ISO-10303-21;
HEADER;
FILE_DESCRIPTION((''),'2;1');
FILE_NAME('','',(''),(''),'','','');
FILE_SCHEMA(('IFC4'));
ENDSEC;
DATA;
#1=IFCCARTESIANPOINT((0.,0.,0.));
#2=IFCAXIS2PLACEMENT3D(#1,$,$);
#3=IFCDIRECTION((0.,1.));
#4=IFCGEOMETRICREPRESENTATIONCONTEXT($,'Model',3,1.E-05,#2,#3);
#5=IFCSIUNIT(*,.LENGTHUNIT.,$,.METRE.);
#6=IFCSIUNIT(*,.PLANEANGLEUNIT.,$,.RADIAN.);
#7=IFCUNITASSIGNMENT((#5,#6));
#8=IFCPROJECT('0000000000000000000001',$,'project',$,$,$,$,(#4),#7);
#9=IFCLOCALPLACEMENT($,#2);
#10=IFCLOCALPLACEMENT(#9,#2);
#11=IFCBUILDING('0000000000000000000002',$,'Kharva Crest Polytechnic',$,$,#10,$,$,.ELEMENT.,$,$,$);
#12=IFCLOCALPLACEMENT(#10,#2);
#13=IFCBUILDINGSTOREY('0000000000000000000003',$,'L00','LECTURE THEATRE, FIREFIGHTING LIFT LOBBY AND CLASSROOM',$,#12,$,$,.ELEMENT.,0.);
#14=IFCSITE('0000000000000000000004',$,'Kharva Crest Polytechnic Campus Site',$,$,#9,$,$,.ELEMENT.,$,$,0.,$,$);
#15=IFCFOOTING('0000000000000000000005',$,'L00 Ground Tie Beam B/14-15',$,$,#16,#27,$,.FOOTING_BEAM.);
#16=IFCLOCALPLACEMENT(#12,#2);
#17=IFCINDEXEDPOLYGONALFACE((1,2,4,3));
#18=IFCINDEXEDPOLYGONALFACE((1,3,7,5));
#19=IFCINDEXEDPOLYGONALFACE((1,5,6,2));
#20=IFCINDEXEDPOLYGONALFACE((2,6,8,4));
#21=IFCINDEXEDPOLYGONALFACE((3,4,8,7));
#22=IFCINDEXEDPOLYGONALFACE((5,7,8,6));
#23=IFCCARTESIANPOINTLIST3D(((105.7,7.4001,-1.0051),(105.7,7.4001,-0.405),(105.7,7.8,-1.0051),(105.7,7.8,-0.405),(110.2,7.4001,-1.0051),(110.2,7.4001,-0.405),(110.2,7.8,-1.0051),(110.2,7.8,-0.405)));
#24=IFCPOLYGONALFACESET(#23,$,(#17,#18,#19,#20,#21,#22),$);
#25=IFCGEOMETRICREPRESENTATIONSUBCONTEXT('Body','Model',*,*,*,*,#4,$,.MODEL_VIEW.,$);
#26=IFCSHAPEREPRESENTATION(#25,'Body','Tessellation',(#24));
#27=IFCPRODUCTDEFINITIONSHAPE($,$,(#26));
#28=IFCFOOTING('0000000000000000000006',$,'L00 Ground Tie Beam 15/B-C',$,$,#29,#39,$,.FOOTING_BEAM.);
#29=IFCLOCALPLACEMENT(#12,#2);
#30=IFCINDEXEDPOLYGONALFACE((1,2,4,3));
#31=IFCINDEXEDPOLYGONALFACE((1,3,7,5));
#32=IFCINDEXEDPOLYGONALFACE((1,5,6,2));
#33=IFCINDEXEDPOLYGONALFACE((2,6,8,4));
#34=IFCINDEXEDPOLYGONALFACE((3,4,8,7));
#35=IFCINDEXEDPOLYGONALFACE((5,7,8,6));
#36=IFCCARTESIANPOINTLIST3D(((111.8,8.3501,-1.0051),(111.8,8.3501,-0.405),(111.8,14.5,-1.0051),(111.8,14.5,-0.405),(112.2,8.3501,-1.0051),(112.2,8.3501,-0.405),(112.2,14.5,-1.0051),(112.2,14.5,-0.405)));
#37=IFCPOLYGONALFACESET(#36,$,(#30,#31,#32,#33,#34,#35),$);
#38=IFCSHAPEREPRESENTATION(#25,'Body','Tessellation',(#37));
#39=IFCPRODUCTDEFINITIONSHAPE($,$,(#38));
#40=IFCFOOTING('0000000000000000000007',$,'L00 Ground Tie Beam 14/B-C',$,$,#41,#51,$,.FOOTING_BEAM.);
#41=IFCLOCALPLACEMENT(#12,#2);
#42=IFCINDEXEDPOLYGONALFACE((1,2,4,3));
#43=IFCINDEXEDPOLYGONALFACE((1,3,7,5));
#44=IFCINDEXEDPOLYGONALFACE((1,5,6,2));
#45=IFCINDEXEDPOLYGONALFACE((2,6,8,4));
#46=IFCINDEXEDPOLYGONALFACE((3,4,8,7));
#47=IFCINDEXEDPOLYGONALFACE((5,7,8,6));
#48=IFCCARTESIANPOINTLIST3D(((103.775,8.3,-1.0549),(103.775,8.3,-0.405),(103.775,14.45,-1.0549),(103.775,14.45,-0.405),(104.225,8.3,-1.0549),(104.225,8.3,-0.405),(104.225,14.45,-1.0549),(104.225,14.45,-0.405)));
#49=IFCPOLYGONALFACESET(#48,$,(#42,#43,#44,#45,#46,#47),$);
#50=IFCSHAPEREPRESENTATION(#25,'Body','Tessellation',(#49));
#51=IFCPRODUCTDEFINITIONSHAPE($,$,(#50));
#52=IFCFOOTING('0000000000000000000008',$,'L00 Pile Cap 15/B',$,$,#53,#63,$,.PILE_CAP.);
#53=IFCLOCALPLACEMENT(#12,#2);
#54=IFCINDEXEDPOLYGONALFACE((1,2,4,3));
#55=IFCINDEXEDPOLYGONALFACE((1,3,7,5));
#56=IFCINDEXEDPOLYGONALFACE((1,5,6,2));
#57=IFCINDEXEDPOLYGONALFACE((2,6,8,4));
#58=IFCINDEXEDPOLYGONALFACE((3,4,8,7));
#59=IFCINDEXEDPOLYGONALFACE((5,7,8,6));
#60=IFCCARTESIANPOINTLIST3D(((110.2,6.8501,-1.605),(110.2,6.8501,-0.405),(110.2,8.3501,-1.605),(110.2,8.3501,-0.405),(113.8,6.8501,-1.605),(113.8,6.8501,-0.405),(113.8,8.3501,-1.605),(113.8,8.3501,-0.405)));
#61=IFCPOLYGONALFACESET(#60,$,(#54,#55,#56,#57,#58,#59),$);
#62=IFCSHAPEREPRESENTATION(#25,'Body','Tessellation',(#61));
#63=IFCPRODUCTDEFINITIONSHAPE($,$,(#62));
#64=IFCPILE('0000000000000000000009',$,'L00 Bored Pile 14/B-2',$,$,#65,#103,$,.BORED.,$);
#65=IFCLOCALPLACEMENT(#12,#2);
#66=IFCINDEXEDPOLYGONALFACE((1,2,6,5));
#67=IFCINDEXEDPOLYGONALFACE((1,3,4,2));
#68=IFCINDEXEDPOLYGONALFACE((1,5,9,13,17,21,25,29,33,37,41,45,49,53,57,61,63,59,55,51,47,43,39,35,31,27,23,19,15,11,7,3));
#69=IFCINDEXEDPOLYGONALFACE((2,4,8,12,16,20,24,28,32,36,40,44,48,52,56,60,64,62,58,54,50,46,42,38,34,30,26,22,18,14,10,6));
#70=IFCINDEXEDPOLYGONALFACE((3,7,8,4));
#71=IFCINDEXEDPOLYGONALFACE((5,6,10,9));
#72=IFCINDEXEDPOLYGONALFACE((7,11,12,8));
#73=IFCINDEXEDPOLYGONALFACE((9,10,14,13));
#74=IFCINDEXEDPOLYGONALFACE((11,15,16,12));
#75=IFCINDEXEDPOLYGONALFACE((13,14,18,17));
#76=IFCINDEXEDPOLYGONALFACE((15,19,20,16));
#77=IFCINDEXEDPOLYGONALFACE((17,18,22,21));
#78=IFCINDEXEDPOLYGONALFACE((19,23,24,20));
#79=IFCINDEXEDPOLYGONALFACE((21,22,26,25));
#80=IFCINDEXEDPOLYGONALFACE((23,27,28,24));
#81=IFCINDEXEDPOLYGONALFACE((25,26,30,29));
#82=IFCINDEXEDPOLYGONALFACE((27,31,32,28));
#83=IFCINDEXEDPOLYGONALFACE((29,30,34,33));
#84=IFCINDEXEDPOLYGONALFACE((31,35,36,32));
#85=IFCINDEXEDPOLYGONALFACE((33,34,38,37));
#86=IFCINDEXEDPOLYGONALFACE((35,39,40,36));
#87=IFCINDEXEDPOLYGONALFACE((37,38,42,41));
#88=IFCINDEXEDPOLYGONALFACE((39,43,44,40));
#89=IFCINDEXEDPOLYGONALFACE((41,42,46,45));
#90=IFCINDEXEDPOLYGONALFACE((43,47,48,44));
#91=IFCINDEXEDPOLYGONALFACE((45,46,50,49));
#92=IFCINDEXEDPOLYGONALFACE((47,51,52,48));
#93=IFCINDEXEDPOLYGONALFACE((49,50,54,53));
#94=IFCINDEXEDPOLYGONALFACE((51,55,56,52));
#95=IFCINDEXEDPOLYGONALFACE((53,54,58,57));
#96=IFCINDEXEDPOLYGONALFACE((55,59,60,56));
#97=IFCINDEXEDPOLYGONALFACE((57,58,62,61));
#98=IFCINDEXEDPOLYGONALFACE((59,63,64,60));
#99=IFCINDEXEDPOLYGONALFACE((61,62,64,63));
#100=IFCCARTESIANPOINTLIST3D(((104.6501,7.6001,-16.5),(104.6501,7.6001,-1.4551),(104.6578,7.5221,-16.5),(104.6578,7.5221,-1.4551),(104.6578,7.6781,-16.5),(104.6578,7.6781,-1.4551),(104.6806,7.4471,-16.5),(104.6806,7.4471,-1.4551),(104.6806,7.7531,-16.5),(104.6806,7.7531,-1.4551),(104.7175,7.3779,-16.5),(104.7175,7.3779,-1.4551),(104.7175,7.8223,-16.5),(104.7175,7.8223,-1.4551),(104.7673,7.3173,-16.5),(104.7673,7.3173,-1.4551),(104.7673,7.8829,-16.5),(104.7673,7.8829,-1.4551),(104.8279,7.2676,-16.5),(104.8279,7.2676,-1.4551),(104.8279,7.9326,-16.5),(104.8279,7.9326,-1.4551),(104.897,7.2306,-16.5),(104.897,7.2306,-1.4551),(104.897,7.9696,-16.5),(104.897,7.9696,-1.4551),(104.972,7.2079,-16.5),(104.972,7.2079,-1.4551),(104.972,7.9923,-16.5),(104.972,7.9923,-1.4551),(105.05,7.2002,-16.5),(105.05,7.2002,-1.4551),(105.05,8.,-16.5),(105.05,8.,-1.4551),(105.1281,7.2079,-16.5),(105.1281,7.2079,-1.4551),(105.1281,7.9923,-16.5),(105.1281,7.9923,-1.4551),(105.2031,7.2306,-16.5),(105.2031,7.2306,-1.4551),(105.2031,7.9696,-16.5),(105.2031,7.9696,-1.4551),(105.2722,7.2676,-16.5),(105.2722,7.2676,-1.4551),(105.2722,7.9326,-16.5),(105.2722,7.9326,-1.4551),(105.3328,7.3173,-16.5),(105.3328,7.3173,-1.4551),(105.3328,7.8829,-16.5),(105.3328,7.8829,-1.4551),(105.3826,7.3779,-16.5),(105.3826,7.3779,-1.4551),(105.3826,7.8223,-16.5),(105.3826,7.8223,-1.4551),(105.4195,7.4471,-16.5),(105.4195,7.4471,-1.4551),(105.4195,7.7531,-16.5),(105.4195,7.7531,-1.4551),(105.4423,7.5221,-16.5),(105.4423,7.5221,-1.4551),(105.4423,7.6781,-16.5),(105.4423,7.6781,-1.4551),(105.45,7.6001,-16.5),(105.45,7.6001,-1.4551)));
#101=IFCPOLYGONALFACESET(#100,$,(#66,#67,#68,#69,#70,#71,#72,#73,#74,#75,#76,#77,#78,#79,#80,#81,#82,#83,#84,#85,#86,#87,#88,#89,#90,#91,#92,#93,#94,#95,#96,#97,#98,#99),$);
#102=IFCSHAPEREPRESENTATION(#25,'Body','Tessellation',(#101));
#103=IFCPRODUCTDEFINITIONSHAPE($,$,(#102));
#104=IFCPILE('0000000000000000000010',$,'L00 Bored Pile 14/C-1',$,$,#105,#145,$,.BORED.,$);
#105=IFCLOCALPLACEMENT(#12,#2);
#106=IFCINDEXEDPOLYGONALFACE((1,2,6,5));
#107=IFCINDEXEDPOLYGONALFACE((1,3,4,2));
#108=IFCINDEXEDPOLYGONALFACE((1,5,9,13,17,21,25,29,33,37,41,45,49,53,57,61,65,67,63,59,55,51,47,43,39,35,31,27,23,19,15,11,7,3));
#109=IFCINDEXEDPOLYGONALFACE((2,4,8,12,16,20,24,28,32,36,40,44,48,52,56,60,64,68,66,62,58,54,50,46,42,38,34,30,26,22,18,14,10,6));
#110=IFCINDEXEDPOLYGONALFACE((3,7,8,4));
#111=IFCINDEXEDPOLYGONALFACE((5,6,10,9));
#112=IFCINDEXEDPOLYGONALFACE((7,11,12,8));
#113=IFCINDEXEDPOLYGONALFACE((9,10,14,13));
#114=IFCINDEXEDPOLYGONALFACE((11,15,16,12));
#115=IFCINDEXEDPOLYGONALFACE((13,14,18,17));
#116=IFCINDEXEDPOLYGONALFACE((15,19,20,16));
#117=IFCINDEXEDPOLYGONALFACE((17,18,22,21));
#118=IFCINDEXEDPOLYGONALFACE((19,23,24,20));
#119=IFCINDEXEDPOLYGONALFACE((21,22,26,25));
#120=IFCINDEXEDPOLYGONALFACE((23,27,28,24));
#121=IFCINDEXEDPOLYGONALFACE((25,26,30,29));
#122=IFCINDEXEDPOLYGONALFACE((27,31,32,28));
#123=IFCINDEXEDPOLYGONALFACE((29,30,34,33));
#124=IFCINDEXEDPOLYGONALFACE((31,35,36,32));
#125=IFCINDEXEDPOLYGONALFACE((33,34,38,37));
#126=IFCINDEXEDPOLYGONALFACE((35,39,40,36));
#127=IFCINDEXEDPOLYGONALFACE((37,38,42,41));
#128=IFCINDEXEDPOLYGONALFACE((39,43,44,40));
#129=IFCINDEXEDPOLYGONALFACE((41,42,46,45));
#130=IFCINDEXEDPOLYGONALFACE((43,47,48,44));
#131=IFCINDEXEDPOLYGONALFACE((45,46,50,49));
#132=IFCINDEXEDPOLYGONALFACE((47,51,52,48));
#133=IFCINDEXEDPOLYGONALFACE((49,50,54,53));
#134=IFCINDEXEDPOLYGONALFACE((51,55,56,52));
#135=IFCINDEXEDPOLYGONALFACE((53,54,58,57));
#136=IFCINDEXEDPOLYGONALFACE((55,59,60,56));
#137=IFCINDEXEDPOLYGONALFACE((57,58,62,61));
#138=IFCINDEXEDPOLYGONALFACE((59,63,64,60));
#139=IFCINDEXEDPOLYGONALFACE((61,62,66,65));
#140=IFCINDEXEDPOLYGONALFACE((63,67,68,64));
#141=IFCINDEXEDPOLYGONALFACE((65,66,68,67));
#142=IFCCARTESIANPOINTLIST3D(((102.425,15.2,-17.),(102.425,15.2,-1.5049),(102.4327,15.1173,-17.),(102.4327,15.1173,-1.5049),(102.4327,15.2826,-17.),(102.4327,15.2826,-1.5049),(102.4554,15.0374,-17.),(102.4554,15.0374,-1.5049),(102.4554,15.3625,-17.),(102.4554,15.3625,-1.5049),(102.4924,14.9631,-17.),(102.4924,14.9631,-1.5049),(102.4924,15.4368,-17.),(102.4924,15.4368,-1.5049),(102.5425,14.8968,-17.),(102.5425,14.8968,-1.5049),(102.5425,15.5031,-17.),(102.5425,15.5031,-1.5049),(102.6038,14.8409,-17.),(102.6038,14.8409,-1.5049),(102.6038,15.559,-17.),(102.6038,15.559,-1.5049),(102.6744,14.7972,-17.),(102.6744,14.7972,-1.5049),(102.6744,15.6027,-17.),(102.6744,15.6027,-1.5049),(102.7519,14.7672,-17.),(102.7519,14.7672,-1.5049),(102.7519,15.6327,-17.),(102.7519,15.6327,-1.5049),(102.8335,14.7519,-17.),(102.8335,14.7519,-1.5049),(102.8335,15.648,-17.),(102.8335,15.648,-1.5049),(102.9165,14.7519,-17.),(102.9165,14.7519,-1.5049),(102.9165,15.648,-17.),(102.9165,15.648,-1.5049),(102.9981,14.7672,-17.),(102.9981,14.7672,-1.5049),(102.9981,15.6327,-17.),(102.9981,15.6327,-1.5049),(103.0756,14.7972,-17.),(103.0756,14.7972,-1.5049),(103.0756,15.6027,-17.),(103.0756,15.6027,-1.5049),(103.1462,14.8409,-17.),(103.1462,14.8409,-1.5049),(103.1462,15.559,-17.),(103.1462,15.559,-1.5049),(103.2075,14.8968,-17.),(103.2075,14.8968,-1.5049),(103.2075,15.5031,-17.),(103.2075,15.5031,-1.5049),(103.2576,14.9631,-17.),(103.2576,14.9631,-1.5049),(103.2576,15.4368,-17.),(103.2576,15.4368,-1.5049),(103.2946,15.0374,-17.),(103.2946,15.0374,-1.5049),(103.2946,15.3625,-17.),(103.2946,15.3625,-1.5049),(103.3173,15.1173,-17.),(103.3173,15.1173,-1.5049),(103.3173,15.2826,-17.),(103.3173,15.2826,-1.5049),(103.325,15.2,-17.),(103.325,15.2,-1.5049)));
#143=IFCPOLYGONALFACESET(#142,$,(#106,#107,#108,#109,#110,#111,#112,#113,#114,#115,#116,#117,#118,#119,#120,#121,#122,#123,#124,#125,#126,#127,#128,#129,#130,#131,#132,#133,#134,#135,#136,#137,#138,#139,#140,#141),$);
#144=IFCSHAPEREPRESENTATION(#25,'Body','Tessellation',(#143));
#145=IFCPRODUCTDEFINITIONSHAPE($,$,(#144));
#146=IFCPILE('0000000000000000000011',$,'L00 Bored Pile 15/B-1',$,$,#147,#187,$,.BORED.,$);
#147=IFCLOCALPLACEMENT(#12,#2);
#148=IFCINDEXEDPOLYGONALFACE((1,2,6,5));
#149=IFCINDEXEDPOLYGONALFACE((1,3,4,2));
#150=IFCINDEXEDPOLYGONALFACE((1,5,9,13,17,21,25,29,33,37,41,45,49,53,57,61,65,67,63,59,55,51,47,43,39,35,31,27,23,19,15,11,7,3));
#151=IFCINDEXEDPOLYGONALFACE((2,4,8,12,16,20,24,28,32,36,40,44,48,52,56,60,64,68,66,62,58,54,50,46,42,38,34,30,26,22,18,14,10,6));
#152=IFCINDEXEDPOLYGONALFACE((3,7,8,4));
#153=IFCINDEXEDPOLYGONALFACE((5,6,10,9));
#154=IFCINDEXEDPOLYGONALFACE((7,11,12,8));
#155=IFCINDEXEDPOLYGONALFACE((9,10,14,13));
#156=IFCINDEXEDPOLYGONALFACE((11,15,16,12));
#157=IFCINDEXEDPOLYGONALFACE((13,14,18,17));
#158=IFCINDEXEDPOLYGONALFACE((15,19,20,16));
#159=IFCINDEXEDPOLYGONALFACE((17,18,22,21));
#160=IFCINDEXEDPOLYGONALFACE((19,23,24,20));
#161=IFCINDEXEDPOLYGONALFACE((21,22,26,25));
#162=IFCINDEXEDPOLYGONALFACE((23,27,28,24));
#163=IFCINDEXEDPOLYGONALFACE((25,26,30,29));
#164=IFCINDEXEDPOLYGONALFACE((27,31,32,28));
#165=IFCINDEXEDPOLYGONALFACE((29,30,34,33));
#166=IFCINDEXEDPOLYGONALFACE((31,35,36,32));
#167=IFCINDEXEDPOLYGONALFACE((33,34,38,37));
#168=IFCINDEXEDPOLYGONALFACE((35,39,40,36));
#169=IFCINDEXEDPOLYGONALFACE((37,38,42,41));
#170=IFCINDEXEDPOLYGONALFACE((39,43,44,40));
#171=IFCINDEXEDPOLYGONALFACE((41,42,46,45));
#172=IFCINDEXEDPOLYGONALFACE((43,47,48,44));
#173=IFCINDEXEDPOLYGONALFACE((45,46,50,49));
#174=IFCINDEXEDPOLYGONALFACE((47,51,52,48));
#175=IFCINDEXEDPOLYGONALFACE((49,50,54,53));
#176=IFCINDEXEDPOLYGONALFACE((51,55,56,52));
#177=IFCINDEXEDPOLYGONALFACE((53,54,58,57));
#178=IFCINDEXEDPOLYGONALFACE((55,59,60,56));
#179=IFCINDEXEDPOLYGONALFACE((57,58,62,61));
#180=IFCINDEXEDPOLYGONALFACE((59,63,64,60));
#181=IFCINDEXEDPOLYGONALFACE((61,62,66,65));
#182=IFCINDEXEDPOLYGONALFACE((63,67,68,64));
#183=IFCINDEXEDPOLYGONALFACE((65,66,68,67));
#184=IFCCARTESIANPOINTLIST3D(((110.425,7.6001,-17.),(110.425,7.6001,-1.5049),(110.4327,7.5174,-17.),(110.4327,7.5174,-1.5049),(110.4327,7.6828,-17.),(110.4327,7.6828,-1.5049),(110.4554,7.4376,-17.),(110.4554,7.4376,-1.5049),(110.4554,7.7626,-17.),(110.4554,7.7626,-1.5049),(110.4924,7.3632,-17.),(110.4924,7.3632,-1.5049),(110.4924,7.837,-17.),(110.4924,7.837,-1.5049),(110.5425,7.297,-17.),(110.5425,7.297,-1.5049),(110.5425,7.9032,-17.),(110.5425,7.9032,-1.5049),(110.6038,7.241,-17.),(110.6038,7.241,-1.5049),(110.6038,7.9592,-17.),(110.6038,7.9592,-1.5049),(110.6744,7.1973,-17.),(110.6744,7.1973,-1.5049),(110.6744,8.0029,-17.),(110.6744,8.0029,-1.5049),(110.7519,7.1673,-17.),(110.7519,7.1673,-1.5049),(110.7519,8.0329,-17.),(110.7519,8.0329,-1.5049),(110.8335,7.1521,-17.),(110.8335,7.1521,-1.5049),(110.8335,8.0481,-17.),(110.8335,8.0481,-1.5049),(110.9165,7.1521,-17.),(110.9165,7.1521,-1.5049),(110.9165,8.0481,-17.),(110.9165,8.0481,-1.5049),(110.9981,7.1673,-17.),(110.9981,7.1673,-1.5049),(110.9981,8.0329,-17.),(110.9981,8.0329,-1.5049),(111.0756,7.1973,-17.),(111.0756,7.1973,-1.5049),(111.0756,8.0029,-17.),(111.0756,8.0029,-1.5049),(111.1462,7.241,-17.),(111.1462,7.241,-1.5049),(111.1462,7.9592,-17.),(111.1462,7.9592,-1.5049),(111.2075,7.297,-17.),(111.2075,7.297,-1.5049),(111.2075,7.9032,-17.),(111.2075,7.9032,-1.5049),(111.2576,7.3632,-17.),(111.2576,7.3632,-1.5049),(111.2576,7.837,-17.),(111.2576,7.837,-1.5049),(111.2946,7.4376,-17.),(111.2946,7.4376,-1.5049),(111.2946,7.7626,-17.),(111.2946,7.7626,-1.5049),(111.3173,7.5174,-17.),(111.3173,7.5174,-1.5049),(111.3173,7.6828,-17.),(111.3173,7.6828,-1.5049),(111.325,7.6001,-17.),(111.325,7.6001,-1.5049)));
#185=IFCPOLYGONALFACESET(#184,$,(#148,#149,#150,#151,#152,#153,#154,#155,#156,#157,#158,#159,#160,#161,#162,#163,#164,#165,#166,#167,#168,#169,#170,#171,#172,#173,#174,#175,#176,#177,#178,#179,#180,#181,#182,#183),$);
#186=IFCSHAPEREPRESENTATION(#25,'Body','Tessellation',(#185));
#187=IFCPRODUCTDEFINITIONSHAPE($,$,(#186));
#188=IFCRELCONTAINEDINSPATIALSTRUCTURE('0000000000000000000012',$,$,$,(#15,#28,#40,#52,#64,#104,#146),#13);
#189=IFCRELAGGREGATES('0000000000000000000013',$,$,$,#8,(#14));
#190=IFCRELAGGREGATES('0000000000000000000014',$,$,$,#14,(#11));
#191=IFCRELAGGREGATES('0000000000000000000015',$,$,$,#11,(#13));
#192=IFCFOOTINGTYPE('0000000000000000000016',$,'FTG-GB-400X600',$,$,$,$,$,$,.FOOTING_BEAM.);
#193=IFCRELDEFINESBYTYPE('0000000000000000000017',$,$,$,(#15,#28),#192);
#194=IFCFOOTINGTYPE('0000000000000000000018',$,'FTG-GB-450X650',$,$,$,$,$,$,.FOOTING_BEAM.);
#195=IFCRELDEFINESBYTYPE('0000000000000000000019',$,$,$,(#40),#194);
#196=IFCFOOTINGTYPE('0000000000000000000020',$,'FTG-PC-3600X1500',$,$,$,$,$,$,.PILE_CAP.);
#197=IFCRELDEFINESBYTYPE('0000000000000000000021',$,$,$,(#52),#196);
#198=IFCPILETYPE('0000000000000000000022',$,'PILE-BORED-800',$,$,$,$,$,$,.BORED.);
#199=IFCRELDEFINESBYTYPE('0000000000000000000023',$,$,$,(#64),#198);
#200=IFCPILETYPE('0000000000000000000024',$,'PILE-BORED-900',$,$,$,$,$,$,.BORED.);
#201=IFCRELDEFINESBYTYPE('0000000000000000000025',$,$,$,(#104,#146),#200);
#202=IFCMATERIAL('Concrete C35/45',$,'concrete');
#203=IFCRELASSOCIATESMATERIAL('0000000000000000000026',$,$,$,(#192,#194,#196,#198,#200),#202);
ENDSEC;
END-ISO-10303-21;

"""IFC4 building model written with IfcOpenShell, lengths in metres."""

from ifc_helpers import new_model, si_unit, direction, frame, origin, origin_2d, place, context, subcontext, project, spatial, rectangle, circle, extrude, material, material_profile, profile_set, type_object, element, save


model = new_model("IFC4")

# Units and contexts
model_context = context("Model", 3, precision=1e-05, world=origin(), true_north=direction((0.0, 1.0)))
body_context = subcontext(model_context, "Body", "Model", "MODEL_VIEW")
ifc_project = project(units=[si_unit("LENGTHUNIT", "METRE"), si_unit("PLANEANGLEUNIT", "RADIAN")], contexts=[model_context])

# Site, building, storey
site_placement = place(None, origin())
site = spatial("IfcSite", under=ifc_project, at=site_placement, Name="Kharva Crest Polytechnic Campus Site", CompositionType="ELEMENT", RefElevation=0.0)
building_placement = place(site_placement, origin())
building = spatial("IfcBuilding", under=site, at=building_placement, Name="Kharva Crest Polytechnic", CompositionType="ELEMENT")
storey_placement = place(building_placement, origin())
storey = spatial("IfcBuildingStorey", under=building, at=storey_placement, Name="L00", Description="LECTURE THEATRE, FIREFIGHTING LIFT LOBBY AND CLASSROOM", CompositionType="ELEMENT", Elevation=0.0)

# Footings
ifc_material_1 = material(Name="Concrete C35/45", Category="concrete")
footing_type_1 = type_object("IfcFootingType", Name="FTG-GB-400X600", PredefinedType="FOOTING_BEAM", material=ifc_material_1)
footing_1_placement = place(storey_placement, frame((107.95, 7.6001, -1.0051), z_axis=(0.0, 0.0, 1.0), x_axis=(1.0, 0.0, 0.0)))
element("IfcFooting", 1, at=footing_1_placement, inside=storey, type_object=footing_type_1, Name="L00 Ground Tie Beam B/14-15", PredefinedType="FOOTING_BEAM", context=body_context, shape_type="SweptSolid", body=[
    extrude(rectangle(XDim=4.5, YDim=0.3999, at=origin_2d()), origin(), (0.0, 0.0, 1.0), 0.6001),
])
footing_2_placement = place(storey_placement, frame((112.0, 11.425, -1.0051), z_axis=(0.0, 0.0, 1.0), x_axis=(0.0, 1.0, 0.0)))
element("IfcFooting", 2, at=footing_2_placement, inside=storey, type_object=footing_type_1, Name="L00 Ground Tie Beam 15/B-C", PredefinedType="FOOTING_BEAM", context=body_context, shape_type="SweptSolid", body=[
    extrude(rectangle(XDim=6.1499, YDim=0.3999, at=origin_2d()), origin(), (0.0, 0.0, 1.0), 0.6001),
])
footing_type_2 = type_object("IfcFootingType", Name="FTG-GB-450X650", PredefinedType="FOOTING_BEAM", material=ifc_material_1)
footing_3_placement = place(storey_placement, frame((104.0, 11.375, -1.0549), z_axis=(0.0, 0.0, 1.0), x_axis=(0.0, 1.0, 0.0)))
element("IfcFooting", 3, at=footing_3_placement, inside=storey, type_object=footing_type_2, Name="L00 Ground Tie Beam 14/B-C", PredefinedType="FOOTING_BEAM", context=body_context, shape_type="SweptSolid", body=[
    extrude(rectangle(XDim=6.1499, YDim=0.45, at=origin_2d()), origin(), (0.0, 0.0, 1.0), 0.6499),
])
footing_type_3 = type_object("IfcFootingType", Name="FTG-PC-3600X1500", PredefinedType="PILE_CAP", material=ifc_material_1)
footing_4_placement = place(storey_placement, frame((112.0, 7.6001, -1.605), z_axis=(0.0, 0.0, 1.0), x_axis=(1.0, 0.0, 0.0)))
element("IfcFooting", 4, at=footing_4_placement, inside=storey, type_object=footing_type_3, Name="L00 Pile Cap 15/B", PredefinedType="PILE_CAP", context=body_context, shape_type="SweptSolid", body=[
    extrude(rectangle(XDim=3.6001, YDim=1.5, at=origin_2d()), origin(), (0.0, 0.0, 1.0), 1.2),
])

# Piles
ifc_material_profile_1 = material_profile(ifc_material_1, circle(Radius=0.3999, at=origin_2d()), Name="DIA 800")
ifc_profile_set_1 = profile_set([ifc_material_profile_1], Name="Concrete C35/45")
pile_type_1 = type_object("IfcPileType", Name="PILE-BORED-800", PredefinedType="BORED", material=ifc_profile_set_1)
pile_placement = place(storey_placement, frame((105.05, 7.6001, -1.4551), z_axis=(0.0, 0.0, -1.0), x_axis=(1.0, 0.0, 0.0)))
element("IfcPile", 5, at=pile_placement, inside=storey, type_object=pile_type_1, Name="L00 Bored Pile 14/B-2", PredefinedType="BORED", context=body_context, shape_type="SweptSolid", body=[
    extrude(circle(Radius=0.3999, at=origin_2d()), origin(), (0.0, 0.0, 1.0), 15.0449),
])
ifc_material_profile_2 = material_profile(ifc_material_1, circle(Radius=0.45, at=origin_2d()), Name="DIA 900")
ifc_profile_set_2 = profile_set([ifc_material_profile_2], Name="Concrete C35/45")
pile_type_2 = type_object("IfcPileType", Name="PILE-BORED-900", PredefinedType="BORED", material=ifc_profile_set_2)
for number, where, z_axis, x_axis, name in (
    (6, (102.875, 15.2, -1.5049), (0.0, 0.0, -1.0), (1.0, 0.0, 0.0), "L00 Bored Pile 14/C-1"),
    (7, (110.875, 7.6001, -1.5049), (0.0, 0.0, -1.0), (1.0, 0.0, 0.0), "L00 Bored Pile 15/B-1"),
):
    element("IfcPile", number, at=place(storey_placement, frame(where, z_axis=z_axis, x_axis=x_axis)), inside=storey, type_object=pile_type_2, Name=name, PredefinedType="BORED", context=body_context, shape_type="SweptSolid", body=[
        extrude(circle(Radius=0.45, at=origin_2d()), origin(), (0.0, 0.0, 1.0), 15.4951),
    ])

save(model, "model.ifc")
